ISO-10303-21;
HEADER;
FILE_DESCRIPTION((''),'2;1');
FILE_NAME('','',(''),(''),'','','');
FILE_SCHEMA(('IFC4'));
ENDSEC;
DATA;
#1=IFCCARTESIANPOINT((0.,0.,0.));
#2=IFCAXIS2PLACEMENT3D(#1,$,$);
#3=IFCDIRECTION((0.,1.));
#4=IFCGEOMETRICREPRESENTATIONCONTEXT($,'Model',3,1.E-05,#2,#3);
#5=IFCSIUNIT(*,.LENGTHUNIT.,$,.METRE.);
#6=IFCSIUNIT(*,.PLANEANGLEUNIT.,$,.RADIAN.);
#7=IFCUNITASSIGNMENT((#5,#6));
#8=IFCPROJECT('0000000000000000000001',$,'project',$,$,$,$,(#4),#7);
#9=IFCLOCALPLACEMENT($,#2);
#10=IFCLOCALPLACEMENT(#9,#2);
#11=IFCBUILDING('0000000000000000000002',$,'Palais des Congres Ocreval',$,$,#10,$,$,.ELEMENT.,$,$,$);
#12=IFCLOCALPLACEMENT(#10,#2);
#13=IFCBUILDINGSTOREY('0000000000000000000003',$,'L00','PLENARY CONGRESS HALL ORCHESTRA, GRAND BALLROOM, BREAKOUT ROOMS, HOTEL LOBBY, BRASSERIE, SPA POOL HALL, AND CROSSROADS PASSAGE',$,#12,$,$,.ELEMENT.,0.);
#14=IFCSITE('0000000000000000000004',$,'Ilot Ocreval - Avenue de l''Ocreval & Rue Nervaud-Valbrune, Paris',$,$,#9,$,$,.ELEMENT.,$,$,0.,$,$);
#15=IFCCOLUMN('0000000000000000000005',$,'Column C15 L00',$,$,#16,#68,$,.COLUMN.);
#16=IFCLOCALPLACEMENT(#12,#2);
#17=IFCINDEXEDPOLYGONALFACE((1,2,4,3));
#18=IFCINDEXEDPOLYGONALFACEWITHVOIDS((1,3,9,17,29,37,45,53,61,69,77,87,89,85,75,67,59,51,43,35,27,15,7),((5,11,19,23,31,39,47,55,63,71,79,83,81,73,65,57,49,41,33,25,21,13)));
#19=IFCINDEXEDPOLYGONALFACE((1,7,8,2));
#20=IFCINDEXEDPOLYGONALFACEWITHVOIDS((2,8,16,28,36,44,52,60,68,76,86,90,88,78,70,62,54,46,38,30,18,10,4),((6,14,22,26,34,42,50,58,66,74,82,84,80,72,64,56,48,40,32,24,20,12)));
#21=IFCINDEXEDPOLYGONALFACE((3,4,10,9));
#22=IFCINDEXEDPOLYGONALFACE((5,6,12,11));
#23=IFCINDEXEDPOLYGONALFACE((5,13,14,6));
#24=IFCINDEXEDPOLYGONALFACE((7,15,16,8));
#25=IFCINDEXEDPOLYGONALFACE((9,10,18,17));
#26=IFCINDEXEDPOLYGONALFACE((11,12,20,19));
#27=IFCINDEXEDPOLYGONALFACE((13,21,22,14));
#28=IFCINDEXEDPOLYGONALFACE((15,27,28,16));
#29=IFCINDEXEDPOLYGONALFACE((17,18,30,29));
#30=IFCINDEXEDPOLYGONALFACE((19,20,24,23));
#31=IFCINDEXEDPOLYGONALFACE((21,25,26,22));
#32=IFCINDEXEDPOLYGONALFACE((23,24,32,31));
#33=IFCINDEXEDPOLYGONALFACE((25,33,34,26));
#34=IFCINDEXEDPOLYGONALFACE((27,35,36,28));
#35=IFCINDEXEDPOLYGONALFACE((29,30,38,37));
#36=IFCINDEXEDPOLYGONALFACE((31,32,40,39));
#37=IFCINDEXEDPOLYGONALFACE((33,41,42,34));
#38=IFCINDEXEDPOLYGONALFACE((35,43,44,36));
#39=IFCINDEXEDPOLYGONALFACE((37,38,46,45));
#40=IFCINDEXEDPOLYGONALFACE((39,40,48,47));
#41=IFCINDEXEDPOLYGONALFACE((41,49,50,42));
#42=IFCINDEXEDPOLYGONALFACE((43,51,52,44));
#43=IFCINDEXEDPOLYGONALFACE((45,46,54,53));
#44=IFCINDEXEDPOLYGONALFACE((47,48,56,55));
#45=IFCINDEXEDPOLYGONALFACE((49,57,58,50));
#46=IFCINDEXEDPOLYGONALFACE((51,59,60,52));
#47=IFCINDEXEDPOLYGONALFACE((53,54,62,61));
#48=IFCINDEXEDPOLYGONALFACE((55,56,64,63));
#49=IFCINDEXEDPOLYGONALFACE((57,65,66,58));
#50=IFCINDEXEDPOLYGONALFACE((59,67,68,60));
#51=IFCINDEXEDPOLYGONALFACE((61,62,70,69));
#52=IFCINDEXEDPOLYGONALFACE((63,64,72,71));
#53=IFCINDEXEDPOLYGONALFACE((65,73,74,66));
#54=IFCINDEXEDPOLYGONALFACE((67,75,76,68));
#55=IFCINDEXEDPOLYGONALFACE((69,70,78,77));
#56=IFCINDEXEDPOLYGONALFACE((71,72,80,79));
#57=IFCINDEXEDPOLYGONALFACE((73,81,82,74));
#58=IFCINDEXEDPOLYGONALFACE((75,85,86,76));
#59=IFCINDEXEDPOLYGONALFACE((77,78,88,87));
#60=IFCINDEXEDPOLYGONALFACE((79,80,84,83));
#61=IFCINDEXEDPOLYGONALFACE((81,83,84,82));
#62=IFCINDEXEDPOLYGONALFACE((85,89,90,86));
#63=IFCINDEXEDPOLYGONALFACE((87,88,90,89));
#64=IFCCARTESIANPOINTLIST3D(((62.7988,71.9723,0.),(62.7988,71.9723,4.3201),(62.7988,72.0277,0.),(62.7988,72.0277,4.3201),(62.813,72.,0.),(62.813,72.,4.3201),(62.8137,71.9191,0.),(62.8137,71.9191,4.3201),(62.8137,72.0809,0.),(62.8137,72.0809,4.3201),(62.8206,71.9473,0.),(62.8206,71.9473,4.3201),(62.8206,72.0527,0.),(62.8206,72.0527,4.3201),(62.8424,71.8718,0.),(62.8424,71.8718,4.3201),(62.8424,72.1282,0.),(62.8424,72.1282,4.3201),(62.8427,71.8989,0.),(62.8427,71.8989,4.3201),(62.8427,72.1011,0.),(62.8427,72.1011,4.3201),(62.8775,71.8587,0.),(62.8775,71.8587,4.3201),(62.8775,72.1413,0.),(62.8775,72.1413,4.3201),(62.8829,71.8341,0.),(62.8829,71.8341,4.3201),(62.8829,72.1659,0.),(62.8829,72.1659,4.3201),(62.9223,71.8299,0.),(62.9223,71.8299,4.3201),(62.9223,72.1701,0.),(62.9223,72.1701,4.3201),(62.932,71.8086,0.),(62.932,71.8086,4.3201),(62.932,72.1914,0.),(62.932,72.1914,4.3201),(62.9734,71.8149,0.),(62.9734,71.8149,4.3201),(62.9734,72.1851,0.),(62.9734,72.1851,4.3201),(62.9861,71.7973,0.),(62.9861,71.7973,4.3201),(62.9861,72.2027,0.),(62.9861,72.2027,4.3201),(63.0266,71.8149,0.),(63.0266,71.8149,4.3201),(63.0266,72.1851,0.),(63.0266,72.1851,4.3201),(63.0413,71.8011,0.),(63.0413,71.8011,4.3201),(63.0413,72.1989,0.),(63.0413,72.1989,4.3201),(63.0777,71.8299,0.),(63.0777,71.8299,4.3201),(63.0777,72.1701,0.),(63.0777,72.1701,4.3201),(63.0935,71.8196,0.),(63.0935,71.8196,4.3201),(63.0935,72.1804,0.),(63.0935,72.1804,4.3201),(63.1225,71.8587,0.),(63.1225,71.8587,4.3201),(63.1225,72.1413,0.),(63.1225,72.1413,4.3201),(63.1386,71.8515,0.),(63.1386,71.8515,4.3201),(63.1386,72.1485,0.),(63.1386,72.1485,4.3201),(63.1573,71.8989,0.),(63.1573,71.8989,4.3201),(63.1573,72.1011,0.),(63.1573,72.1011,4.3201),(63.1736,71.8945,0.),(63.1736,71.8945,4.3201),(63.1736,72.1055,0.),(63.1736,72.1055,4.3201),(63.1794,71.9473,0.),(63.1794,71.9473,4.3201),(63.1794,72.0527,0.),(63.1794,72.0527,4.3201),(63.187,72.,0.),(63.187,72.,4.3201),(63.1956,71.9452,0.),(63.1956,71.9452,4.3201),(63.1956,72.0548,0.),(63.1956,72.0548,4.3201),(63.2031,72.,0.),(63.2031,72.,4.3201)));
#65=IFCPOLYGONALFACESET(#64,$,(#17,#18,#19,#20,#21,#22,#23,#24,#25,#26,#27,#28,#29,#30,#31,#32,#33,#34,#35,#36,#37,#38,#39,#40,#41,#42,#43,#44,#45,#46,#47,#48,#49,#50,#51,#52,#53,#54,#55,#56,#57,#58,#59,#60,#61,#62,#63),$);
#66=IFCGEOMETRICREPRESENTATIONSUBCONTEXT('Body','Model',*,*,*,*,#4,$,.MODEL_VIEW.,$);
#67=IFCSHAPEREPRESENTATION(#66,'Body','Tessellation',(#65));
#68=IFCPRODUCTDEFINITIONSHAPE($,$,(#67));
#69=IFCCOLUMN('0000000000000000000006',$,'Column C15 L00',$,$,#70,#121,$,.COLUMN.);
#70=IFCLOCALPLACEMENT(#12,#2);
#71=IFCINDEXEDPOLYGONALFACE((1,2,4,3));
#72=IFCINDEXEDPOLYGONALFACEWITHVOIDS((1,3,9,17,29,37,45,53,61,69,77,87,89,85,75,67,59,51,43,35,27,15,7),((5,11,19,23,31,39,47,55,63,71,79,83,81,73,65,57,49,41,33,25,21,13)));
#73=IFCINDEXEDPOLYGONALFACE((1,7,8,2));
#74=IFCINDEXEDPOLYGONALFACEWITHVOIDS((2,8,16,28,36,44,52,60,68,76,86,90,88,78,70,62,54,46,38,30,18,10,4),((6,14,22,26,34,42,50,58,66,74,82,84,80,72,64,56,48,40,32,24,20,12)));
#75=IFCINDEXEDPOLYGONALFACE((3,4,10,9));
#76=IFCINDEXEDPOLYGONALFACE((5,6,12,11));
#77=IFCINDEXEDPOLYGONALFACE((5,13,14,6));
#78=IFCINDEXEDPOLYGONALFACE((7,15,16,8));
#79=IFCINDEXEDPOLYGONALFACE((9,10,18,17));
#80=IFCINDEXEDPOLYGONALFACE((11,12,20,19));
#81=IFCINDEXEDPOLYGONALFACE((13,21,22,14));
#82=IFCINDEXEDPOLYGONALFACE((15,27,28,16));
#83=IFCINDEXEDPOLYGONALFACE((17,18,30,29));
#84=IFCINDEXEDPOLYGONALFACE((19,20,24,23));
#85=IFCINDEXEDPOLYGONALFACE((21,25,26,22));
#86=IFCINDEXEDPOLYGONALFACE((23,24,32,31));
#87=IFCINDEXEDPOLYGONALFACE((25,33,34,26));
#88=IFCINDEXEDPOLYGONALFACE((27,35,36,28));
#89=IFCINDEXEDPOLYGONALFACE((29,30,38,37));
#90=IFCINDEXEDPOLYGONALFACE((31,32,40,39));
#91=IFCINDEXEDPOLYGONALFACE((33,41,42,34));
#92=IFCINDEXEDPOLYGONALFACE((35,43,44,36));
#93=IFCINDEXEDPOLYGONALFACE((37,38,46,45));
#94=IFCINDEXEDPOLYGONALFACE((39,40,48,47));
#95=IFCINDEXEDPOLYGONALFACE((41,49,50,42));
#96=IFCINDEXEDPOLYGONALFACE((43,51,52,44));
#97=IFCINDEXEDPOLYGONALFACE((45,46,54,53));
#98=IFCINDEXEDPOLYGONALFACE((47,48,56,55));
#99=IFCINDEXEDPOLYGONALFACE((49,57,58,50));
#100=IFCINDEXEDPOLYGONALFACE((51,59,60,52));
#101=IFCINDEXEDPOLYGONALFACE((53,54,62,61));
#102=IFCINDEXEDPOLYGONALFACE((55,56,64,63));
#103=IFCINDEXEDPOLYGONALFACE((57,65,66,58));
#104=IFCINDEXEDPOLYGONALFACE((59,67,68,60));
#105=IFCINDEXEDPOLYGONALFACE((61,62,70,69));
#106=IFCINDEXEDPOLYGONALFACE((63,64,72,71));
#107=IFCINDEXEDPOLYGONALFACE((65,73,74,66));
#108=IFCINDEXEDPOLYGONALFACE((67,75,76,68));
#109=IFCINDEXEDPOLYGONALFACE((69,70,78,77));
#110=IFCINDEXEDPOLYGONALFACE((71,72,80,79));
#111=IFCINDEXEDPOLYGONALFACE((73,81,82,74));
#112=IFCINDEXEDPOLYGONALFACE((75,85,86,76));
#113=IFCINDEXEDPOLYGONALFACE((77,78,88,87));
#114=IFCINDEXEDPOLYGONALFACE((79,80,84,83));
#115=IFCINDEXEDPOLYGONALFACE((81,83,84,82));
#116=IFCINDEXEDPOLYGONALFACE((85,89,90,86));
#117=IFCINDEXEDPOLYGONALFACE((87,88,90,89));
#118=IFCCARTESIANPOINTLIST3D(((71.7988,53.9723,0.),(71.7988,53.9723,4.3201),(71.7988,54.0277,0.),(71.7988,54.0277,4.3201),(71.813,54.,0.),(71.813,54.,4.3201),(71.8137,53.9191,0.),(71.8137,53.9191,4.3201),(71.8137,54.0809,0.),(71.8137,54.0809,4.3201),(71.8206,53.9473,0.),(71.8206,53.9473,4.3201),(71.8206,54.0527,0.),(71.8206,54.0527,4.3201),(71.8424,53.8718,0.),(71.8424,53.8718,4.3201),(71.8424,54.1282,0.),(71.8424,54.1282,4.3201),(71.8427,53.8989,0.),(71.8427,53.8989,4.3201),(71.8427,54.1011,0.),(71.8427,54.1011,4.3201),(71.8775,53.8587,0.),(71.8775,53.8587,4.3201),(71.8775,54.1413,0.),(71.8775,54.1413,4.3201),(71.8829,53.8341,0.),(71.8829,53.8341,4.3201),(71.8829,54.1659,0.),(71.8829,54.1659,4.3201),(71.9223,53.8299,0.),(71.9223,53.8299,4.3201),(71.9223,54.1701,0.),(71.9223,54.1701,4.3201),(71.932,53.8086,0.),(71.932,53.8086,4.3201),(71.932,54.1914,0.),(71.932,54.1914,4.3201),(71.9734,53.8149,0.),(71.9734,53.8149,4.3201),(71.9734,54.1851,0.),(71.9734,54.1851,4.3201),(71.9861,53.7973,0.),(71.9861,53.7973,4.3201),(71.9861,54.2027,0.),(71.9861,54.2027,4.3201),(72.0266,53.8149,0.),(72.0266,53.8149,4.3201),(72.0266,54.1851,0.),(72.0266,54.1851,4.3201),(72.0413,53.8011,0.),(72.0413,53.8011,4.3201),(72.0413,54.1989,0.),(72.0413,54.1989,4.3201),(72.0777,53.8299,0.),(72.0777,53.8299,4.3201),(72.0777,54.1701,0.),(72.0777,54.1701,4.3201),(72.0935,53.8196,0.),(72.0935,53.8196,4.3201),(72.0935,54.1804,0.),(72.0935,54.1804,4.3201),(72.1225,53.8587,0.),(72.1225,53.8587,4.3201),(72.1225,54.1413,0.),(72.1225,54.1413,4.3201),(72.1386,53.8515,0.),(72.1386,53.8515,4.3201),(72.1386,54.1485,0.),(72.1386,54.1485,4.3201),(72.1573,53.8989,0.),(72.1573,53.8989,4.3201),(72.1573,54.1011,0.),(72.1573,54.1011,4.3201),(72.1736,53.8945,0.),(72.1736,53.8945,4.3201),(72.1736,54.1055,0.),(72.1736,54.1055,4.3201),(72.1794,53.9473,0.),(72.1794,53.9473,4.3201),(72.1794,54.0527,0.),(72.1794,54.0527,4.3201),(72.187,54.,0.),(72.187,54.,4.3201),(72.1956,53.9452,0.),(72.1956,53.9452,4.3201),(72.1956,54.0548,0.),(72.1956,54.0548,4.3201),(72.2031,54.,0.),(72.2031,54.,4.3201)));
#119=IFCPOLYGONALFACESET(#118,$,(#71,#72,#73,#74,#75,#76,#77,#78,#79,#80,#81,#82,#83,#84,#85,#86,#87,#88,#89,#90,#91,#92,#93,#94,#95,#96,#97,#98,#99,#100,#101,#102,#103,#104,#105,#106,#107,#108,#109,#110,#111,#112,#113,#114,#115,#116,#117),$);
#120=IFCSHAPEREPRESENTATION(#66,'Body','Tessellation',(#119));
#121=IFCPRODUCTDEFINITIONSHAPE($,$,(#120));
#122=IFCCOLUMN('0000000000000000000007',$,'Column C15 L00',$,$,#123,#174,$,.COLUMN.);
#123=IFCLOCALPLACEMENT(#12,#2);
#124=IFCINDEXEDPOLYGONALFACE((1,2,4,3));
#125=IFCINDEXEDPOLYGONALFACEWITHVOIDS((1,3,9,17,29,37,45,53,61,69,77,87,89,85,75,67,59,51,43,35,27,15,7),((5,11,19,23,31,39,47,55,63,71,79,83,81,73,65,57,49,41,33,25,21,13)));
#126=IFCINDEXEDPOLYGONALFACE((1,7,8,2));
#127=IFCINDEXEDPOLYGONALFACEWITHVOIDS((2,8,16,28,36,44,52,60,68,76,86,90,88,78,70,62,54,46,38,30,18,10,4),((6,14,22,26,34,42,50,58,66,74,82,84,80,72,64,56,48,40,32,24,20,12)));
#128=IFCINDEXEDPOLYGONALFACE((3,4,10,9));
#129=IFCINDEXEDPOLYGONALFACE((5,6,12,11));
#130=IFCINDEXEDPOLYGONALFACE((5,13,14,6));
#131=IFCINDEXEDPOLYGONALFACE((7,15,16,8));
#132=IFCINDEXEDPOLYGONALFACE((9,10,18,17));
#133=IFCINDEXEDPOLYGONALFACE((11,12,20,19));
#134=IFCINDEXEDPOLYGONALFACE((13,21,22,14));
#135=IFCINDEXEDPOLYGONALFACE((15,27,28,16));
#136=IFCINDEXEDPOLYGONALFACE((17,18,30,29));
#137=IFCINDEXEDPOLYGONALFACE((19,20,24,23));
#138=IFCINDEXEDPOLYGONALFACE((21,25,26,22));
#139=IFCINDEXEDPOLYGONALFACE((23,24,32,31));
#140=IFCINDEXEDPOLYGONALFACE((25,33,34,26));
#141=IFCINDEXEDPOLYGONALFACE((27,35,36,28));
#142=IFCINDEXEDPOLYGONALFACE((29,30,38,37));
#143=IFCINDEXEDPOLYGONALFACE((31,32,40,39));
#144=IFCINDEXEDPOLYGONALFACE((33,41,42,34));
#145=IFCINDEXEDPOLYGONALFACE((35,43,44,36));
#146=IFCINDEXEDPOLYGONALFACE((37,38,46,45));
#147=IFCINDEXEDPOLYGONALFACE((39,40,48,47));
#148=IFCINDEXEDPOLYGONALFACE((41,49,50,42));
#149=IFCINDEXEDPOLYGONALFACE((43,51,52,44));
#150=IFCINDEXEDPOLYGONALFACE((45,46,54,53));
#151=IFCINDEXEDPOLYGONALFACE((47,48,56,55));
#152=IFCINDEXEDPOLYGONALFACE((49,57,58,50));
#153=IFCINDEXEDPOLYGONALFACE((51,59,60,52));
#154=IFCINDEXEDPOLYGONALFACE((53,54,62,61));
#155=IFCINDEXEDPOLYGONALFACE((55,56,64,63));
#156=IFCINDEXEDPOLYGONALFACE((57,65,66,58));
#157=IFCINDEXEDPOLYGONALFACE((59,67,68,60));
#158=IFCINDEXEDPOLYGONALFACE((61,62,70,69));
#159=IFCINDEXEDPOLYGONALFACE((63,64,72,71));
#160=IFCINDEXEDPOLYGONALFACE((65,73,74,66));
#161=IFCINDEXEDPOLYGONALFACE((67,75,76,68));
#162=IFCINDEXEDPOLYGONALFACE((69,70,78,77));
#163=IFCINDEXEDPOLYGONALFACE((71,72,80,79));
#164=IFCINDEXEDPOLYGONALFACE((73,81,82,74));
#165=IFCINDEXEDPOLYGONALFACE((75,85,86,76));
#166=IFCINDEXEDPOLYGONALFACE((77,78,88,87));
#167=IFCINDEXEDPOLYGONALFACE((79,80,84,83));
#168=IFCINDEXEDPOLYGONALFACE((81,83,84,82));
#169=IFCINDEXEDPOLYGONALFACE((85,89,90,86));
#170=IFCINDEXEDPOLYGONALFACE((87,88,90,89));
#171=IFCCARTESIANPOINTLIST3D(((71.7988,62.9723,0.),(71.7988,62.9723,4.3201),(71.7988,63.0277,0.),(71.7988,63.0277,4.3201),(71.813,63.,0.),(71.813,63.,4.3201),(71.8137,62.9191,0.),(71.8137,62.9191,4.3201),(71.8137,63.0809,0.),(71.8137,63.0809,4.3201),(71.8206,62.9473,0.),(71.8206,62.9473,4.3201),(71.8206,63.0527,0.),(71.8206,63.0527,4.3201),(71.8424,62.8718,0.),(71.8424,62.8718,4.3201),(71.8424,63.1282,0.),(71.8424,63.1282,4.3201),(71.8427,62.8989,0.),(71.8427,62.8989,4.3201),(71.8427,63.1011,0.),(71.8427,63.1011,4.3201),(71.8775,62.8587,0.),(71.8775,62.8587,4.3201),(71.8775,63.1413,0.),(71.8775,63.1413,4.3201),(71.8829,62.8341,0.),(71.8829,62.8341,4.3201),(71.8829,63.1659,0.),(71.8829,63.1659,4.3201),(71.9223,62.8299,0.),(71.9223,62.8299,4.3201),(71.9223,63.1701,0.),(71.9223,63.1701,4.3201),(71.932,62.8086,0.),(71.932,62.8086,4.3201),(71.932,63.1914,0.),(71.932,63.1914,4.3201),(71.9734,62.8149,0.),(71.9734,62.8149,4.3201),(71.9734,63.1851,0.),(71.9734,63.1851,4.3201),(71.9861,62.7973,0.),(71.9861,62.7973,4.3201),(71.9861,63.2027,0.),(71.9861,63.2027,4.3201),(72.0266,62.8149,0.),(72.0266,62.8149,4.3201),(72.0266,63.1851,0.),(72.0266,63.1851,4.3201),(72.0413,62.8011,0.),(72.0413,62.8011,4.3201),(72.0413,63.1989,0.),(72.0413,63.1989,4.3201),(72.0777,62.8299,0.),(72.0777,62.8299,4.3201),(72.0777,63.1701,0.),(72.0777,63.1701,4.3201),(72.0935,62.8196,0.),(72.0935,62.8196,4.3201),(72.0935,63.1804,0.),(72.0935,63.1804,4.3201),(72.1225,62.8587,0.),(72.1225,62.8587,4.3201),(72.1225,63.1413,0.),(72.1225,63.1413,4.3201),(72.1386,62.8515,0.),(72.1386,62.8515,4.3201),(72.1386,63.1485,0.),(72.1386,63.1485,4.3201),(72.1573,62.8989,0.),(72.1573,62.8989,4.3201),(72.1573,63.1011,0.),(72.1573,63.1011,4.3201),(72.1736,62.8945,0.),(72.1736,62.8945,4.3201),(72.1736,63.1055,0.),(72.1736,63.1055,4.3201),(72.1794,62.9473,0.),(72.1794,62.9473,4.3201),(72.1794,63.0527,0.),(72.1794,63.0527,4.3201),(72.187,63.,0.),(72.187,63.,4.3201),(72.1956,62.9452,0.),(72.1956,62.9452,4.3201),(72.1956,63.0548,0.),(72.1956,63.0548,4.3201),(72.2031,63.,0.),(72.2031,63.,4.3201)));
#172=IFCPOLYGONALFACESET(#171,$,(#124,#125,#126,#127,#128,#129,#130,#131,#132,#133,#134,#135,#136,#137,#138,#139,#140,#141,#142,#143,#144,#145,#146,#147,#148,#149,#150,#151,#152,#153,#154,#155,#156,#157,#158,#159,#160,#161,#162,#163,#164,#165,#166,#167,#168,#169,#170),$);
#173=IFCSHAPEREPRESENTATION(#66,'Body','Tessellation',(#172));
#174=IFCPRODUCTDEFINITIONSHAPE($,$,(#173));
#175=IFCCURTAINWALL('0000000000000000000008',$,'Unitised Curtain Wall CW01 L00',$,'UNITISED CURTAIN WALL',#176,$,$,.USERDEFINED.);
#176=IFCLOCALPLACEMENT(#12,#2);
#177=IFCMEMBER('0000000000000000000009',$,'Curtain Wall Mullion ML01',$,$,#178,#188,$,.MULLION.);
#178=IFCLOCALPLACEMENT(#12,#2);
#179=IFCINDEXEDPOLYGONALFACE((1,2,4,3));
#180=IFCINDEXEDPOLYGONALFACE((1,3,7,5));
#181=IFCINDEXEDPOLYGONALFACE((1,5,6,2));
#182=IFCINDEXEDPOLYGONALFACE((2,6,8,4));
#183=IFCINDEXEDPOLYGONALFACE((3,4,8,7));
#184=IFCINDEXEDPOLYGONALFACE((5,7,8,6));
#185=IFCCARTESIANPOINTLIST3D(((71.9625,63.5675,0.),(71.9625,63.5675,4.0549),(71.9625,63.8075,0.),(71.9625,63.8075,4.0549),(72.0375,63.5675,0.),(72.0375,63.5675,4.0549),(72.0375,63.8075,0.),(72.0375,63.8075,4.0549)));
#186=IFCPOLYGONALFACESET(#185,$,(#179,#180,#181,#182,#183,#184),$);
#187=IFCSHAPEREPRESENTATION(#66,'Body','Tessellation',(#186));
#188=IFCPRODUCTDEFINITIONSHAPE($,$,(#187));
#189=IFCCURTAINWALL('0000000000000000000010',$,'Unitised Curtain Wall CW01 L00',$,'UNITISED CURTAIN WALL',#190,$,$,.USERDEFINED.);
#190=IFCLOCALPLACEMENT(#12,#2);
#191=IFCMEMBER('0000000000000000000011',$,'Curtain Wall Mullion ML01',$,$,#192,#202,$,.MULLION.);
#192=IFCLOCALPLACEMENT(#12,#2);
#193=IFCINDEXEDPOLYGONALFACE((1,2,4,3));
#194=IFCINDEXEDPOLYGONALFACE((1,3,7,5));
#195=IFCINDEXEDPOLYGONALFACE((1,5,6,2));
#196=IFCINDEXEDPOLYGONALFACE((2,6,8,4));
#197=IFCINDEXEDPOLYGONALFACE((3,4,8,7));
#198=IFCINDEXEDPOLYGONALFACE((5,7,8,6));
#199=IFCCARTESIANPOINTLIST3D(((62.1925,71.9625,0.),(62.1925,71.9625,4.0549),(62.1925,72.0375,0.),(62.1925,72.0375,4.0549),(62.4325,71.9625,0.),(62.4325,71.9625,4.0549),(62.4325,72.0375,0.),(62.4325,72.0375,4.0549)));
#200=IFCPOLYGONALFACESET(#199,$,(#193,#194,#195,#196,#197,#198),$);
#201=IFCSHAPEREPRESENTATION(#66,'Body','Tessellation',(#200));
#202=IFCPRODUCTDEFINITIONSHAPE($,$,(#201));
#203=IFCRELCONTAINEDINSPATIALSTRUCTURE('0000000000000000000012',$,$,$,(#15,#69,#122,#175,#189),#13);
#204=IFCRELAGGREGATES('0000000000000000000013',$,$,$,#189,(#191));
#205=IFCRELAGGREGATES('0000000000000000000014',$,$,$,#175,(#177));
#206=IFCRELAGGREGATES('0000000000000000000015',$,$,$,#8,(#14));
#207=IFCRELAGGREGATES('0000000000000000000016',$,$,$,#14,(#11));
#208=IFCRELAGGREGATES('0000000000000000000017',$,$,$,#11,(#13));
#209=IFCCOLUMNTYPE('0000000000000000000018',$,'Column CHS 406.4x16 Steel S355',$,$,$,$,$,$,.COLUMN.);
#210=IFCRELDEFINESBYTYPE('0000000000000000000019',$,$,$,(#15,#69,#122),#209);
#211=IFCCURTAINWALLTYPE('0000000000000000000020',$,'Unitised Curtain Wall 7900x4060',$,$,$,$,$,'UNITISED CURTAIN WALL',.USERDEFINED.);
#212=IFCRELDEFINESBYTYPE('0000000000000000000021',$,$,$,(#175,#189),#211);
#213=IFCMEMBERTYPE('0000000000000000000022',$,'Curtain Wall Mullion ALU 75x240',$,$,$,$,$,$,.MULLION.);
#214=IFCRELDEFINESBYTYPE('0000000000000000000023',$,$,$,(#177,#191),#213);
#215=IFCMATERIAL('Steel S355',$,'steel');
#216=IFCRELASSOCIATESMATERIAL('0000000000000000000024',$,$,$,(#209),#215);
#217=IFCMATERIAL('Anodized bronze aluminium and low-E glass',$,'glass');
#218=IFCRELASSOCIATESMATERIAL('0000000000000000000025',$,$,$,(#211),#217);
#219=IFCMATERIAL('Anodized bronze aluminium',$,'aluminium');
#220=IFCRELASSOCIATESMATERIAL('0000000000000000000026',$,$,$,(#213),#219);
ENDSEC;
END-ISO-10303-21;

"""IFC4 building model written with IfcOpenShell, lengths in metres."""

from ifc_helpers import new_model, si_unit, direction, frame, origin, origin_2d, place, context, subcontext, project, spatial, rectangle, hollow_circle, extrude, material, material_profile, profile_set, type_object, element, aggregate, save


model = new_model("IFC4")

# Units and contexts
model_context = context("Model", 3, precision=1e-05, world=origin(), true_north=direction((0.0, 1.0)))
body_context = subcontext(model_context, "Body", "Model", "MODEL_VIEW")
ifc_project = project(units=[si_unit("LENGTHUNIT", "METRE"), si_unit("PLANEANGLEUNIT", "RADIAN")], contexts=[model_context])

# Site, building, storey
site_placement = place(None, origin())
site = spatial("IfcSite", under=ifc_project, at=site_placement, Name="Ilot Ocreval - Avenue de l'Ocreval & Rue Nervaud-Valbrune, Paris", CompositionType="ELEMENT", RefElevation=0.0)
building_placement = place(site_placement, origin())
building = spatial("IfcBuilding", under=site, at=building_placement, Name="Palais des Congres Ocreval", CompositionType="ELEMENT")
storey_placement = place(building_placement, origin())
storey = spatial("IfcBuildingStorey", under=building, at=storey_placement, Name="L00", Description="PLENARY CONGRESS HALL ORCHESTRA, GRAND BALLROOM, BREAKOUT ROOMS, HOTEL LOBBY, BRASSERIE, SPA POOL HALL, AND CROSSROADS PASSAGE", CompositionType="ELEMENT", Elevation=0.0)

# Columns
ifc_material_1 = material(Name="Steel S355", Category="steel")
ifc_material_profile_1 = material_profile(ifc_material_1, hollow_circle(Radius=0.2031, WallThickness=0.0161, at=origin_2d()), Name="CHS 406.4x16")
ifc_profile_set_1 = profile_set([ifc_material_profile_1], Name="Steel S355")
column_type = type_object("IfcColumnType", Name="Column CHS 406.4x16 Steel S355", PredefinedType="COLUMN", material=ifc_profile_set_1)
for number, where, z_axis, x_axis, name in (
    (1, (63.0, 72.0, 0.0), (0.0, 0.0, 1.0), (1.0, 0.0, 0.0), "Column C15 L00"),
    (2, (72.0, 54.0, 0.0), (0.0, 0.0, 1.0), (1.0, 0.0, 0.0), "Column C15 L00"),
    (3, (72.0, 63.0, 0.0), (0.0, 0.0, 1.0), (1.0, 0.0, 0.0), "Column C15 L00"),
):
    element("IfcColumn", number, at=place(storey_placement, frame(where, z_axis=z_axis, x_axis=x_axis)), inside=storey, type_object=column_type, Name=name, PredefinedType="COLUMN", context=body_context, shape_type="SweptSolid", body=[
        extrude(hollow_circle(Radius=0.2031, WallThickness=0.0161, at=origin_2d()), origin(), (0.0, 0.0, 1.0), 4.3201),
    ])

# Curtain wall, member
ifc_material_2 = material(Name="Anodized bronze aluminium and low-E glass", Category="glass")
curtain_wall_type = type_object("IfcCurtainWallType", Name="Unitised Curtain Wall 7900x4060", ElementType="UNITISED CURTAIN WALL", PredefinedType="USERDEFINED", material=ifc_material_2)
curtain_wall_1_placement = place(storey_placement, origin())
curtain_wall_1 = element("IfcCurtainWall", 4, at=curtain_wall_1_placement, inside=storey, type_object=curtain_wall_type, Name="Unitised Curtain Wall CW01 L00", ObjectType="UNITISED CURTAIN WALL", PredefinedType="USERDEFINED")
ifc_material_3 = material(Name="Anodized bronze aluminium", Category="aluminium")
ifc_material_profile_2 = material_profile(ifc_material_3, rectangle(XDim=0.075, YDim=0.24, at=origin_2d()), Name="ALU 75x240")
ifc_profile_set_2 = profile_set([ifc_material_profile_2], Name="Anodized bronze aluminium")
member_type_1 = type_object("IfcMemberType", Name="Curtain Wall Mullion ALU 75x240", PredefinedType="MULLION", material=ifc_profile_set_2)
member_1_placement = place(storey_placement, frame((72.0, 63.6875, 0.0), z_axis=(0.0, 0.0, 1.0), x_axis=(-1.0, 0.0, 0.0)))
member_1 = element("IfcMember", 5, at=member_1_placement, type_object=member_type_1, Name="Curtain Wall Mullion ML01", PredefinedType="MULLION", context=body_context, shape_type="SweptSolid", body=[
    extrude(rectangle(XDim=0.075, YDim=0.24, at=origin_2d()), origin(), (0.0, 0.0, 1.0), 4.0549),
])

# Curtain wall, member
curtain_wall_2_placement = place(storey_placement, origin())
curtain_wall_2 = element("IfcCurtainWall", 6, at=curtain_wall_2_placement, inside=storey, type_object=curtain_wall_type, Name="Unitised Curtain Wall CW01 L00", ObjectType="UNITISED CURTAIN WALL", PredefinedType="USERDEFINED")
member_2_placement = place(storey_placement, frame((62.3125, 72.0, 0.0), z_axis=(0.0, 0.0, 1.0), x_axis=(0.0, -1.0, 0.0)))
member_2 = element("IfcMember", 7, at=member_2_placement, type_object=member_type_1, Name="Curtain Wall Mullion ML01", PredefinedType="MULLION", context=body_context, shape_type="SweptSolid", body=[
    extrude(rectangle(XDim=0.075, YDim=0.24, at=origin_2d()), origin(), (0.0, 0.0, 1.0), 4.0549),
])

aggregate(curtain_wall_2, [member_2])
aggregate(curtain_wall_1, [member_1])

save(model, "model.ifc")
